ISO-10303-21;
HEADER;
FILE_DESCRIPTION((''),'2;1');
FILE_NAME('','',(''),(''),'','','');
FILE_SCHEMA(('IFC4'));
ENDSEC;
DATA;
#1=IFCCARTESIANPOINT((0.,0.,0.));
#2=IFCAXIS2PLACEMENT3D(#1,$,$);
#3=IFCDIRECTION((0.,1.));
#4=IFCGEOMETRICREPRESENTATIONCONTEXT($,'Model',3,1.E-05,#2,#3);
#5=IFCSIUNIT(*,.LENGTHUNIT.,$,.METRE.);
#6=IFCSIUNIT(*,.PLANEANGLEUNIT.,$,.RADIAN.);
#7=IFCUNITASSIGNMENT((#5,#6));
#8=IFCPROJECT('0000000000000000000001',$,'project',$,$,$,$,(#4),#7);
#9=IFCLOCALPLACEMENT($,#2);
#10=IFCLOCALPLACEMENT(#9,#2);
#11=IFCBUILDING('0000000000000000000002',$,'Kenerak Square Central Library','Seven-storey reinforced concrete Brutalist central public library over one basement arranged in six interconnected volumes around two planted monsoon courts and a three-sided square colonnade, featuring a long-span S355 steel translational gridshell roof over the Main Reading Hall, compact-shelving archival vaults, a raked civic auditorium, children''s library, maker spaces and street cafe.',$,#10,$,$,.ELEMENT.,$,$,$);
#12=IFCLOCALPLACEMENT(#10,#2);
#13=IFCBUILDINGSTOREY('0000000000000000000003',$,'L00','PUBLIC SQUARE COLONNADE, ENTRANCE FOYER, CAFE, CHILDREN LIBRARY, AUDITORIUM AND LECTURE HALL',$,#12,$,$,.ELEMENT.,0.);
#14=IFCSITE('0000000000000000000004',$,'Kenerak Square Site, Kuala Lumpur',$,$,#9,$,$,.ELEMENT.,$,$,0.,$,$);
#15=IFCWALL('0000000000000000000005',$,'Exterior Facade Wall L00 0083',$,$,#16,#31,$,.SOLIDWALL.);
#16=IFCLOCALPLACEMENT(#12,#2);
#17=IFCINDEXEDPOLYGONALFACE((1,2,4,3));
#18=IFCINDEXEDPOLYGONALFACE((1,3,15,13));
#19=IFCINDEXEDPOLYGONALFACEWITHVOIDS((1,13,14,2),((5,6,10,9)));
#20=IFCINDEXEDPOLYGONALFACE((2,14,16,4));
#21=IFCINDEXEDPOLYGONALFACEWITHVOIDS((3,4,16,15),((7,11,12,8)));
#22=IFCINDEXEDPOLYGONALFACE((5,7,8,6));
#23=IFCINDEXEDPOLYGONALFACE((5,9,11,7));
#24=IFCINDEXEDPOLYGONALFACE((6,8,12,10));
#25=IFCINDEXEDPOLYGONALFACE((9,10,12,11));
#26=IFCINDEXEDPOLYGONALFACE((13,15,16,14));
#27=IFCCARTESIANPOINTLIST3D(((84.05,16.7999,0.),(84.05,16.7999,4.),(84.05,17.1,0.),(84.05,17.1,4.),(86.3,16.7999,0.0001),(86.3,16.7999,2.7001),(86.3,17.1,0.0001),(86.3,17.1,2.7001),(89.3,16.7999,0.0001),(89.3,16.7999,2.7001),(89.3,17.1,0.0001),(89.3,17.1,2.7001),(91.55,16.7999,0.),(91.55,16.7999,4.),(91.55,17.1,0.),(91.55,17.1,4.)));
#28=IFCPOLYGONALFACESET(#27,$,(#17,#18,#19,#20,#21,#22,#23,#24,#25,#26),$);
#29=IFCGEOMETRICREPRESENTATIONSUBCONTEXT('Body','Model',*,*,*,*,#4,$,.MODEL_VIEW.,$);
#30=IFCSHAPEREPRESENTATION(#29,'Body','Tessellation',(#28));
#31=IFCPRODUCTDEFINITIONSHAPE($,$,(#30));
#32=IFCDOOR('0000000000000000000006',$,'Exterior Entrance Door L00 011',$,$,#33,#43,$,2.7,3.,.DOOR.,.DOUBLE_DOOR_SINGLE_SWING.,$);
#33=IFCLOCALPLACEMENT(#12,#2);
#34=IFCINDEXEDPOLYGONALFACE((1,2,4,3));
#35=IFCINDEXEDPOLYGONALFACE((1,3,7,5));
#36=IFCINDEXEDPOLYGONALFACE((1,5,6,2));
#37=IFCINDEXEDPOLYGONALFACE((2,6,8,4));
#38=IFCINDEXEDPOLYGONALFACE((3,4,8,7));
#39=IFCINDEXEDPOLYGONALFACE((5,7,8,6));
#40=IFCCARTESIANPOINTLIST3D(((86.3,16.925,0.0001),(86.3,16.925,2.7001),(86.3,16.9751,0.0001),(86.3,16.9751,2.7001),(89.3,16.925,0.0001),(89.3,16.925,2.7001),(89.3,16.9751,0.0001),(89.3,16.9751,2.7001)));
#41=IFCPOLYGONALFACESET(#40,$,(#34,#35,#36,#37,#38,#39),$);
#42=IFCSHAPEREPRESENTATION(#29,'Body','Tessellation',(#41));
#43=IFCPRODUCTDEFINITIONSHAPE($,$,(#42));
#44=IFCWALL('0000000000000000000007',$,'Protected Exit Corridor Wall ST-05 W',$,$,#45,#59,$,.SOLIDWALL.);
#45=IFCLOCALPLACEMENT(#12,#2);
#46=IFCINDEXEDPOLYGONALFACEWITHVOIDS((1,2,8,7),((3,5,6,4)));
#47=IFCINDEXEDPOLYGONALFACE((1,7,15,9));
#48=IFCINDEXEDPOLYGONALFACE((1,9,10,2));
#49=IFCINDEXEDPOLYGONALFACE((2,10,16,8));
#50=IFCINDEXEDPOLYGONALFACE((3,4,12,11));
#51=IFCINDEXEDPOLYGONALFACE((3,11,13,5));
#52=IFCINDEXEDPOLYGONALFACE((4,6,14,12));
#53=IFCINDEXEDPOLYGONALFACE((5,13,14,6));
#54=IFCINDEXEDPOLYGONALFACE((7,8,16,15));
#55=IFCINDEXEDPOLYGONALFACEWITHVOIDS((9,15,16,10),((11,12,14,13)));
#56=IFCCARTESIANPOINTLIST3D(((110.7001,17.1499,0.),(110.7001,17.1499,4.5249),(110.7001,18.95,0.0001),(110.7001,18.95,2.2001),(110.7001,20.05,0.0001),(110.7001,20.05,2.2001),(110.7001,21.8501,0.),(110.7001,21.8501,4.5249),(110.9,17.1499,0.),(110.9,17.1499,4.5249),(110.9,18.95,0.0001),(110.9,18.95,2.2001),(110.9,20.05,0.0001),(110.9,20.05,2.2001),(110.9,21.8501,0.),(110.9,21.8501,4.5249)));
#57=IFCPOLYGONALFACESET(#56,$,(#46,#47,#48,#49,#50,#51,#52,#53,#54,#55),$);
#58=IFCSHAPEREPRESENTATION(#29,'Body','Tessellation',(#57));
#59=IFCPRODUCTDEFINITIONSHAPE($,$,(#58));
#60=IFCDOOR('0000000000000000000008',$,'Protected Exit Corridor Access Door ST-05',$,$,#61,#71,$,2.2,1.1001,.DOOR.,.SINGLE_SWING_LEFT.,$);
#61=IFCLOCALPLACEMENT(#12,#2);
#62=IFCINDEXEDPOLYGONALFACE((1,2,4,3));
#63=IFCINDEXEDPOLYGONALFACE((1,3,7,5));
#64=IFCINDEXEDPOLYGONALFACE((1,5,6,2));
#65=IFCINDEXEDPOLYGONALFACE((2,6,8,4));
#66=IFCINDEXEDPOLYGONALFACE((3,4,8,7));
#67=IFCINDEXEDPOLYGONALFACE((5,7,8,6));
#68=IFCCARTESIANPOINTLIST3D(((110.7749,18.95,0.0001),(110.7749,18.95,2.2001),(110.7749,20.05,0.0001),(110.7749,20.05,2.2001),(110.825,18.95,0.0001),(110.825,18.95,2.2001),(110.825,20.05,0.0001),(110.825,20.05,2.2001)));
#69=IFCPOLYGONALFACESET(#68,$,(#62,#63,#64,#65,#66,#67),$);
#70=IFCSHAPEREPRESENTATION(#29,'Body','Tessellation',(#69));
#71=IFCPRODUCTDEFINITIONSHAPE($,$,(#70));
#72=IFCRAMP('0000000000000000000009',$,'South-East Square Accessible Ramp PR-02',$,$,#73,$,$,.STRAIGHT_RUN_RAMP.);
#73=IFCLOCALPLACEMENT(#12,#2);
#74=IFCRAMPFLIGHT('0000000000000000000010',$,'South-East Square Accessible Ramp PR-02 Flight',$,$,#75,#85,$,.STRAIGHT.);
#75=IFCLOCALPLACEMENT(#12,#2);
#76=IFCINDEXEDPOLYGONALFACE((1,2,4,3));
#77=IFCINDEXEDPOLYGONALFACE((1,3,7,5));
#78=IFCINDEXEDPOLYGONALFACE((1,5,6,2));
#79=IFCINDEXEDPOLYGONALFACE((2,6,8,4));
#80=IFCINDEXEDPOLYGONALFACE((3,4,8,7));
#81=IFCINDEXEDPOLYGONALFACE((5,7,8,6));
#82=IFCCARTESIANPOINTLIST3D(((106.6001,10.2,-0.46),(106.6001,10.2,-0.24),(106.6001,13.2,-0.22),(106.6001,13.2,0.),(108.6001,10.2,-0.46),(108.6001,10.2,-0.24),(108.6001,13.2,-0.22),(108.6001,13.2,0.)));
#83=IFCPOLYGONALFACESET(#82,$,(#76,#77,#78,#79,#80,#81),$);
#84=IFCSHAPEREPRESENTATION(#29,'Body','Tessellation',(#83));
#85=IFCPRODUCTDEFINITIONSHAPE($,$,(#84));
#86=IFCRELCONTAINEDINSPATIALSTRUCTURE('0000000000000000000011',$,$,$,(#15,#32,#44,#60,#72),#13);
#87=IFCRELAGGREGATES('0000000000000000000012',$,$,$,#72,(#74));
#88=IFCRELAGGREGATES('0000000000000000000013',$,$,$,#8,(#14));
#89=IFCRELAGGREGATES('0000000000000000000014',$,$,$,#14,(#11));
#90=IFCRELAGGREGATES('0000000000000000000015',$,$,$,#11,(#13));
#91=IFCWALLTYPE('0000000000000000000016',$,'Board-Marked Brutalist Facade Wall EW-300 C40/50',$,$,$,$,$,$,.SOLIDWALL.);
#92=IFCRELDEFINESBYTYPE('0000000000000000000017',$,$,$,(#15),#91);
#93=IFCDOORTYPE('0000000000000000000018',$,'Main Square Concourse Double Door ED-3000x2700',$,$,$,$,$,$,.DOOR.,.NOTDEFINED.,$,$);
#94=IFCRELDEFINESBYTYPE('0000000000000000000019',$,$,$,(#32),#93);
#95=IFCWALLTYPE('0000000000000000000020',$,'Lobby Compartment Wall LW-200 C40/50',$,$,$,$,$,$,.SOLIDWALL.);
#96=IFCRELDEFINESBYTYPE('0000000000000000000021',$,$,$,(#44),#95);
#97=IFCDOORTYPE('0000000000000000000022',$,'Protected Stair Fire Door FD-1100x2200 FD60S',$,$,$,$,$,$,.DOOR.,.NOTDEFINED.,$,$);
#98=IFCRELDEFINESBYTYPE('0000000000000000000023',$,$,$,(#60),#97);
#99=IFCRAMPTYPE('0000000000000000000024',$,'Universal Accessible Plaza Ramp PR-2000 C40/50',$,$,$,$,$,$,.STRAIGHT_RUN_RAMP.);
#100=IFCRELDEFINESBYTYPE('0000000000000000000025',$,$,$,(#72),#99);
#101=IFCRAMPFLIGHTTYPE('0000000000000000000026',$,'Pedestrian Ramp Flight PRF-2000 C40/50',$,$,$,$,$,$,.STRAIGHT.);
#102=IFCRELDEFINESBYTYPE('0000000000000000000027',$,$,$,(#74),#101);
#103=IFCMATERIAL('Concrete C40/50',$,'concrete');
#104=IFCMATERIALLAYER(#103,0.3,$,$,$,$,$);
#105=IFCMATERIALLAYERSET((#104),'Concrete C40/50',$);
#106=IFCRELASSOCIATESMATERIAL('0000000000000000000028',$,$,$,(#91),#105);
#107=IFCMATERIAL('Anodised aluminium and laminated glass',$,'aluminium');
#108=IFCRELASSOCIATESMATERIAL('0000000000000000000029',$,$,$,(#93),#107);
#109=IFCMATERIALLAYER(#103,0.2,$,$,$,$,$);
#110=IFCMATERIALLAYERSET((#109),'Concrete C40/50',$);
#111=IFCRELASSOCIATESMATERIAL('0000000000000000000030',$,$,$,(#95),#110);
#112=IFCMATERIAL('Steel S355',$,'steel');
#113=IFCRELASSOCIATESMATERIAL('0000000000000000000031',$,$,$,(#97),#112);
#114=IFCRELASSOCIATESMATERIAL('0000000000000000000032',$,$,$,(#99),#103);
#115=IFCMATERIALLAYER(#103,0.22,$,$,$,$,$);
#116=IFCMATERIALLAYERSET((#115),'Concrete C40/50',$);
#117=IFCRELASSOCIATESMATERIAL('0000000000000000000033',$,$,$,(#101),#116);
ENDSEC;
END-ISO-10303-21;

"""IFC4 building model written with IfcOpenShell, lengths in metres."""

from ifc_helpers import new_model, si_unit, direction, frame, frame_2d, origin, place, context, subcontext, project, spatial, polyline, rectangle, outline, extrude, material, layer, layer_set, type_object, element, fill, aggregate, save


model = new_model("IFC4")

# Units and contexts
model_context = context("Model", 3, precision=1e-05, world=origin(), true_north=direction((0.0, 1.0)))
body_context = subcontext(model_context, "Body", "Model", "MODEL_VIEW")
ifc_project = project(units=[si_unit("LENGTHUNIT", "METRE"), si_unit("PLANEANGLEUNIT", "RADIAN")], contexts=[model_context])

# Site, building, storey
site_placement = place(None, origin())
site = spatial("IfcSite", under=ifc_project, at=site_placement, Name="Kenerak Square Site, Kuala Lumpur", CompositionType="ELEMENT", RefElevation=0.0)
building_placement = place(site_placement, origin())
building = spatial("IfcBuilding", under=site, at=building_placement, Name="Kenerak Square Central Library", Description="Seven-storey reinforced concrete Brutalist central public library over one basement arranged in six interconnected volumes around two planted monsoon courts and a three-sided square colonnade, featuring a long-span S355 steel translational gridshell roof over the Main Reading Hall, compact-shelving archival vaults, a raked civic auditorium, children's library, maker spaces and street cafe.", CompositionType="ELEMENT")
storey_placement = place(building_placement, origin())
storey = spatial("IfcBuildingStorey", under=building, at=storey_placement, Name="L00", Description="PUBLIC SQUARE COLONNADE, ENTRANCE FOYER, CAFE, CHILDREN LIBRARY, AUDITORIUM AND LECTURE HALL", CompositionType="ELEMENT", Elevation=0.0)

# Shared definitions
ifc_material_1 = material(Name="Concrete C40/50", Category="concrete")

# Shared definitions
ifc_material_2 = material(Name="Steel S355", Category="steel")

# Shared definitions
ifc_layer_1 = layer(ifc_material_1, 0.3)
ifc_layer_set_1 = layer_set([ifc_layer_1], Name="Concrete C40/50")
wall_type_1 = type_object("IfcWallType", Name="Board-Marked Brutalist Facade Wall EW-300 C40/50", PredefinedType="SOLIDWALL", material=ifc_layer_set_1)

# Walls, openings, doors
ifc_material_3 = material(Name="Anodised aluminium and laminated glass", Category="aluminium")
door_type_1 = type_object("IfcDoorType", Name="Main Square Concourse Double Door ED-3000x2700", OperationType="NOTDEFINED", PredefinedType="DOOR", material=ifc_material_3)
wall_1_placement = place(storey_placement, frame((91.55, 16.95, 0.0), z_axis=(0.0, 0.0, 1.0), x_axis=(-1.0, 0.0, 0.0)))
wall_1 = element("IfcWall", 1, at=wall_1_placement, inside=storey, type_object=wall_type_1, Name="Exterior Facade Wall L00 0083", PredefinedType="SOLIDWALL", context=body_context, shape_type="SweptSolid", body=[
    extrude(rectangle(XDim=7.5, YDim=0.3, at=frame_2d((3.75, 0.0))), origin(), (0.0, 0.0, 1.0), 4.0),
])
opening_1_placement = place(wall_1_placement, frame((2.25, 0.0, 0.0)))
opening_1 = element("IfcOpeningElement", 2, at=opening_1_placement, cuts=wall_1, PredefinedType="OPENING", context=body_context, shape_type="SweptSolid", body=[
    extrude(rectangle(XDim=3.0, YDim=2.7, at=frame_2d((1.5, 1.3501))), frame((0.0, 0.1599, 0.0), z_axis=(0.0, -1.0, 0.0), x_axis=(1.0, 0.0, 0.0)), (0.0, 0.0, 1.0), 0.3201),
])
door_1_placement = place(opening_1_placement, origin())
door_1 = element("IfcDoor", 3, at=door_1_placement, inside=storey, type_object=door_type_1, Name="Exterior Entrance Door L00 011", OperationType="DOUBLE_DOOR_SINGLE_SWING", OverallHeight=2.7, OverallWidth=3.0, PredefinedType="DOOR", context=body_context, shape_type="SweptSolid", body=[
    extrude(rectangle(XDim=3.0, YDim=2.7, at=frame_2d((1.5, 1.3501))), frame((0.0, 0.0249, 0.0), z_axis=(0.0, -1.0, 0.0), x_axis=(1.0, 0.0, 0.0)), (0.0, 0.0, 1.0), 0.05),
])
fill(opening_1, door_1)
ifc_layer_2 = layer(ifc_material_1, 0.2)
ifc_layer_set_2 = layer_set([ifc_layer_2], Name="Concrete C40/50")
wall_type_2 = type_object("IfcWallType", Name="Lobby Compartment Wall LW-200 C40/50", PredefinedType="SOLIDWALL", material=ifc_layer_set_2)
wall_2_placement = place(storey_placement, frame((110.8, 17.1499, 0.0), z_axis=(0.0, 0.0, 1.0), x_axis=(0.0, 1.0, 0.0)))
wall_2 = element("IfcWall", 4, at=wall_2_placement, inside=storey, type_object=wall_type_2, Name="Protected Exit Corridor Wall ST-05 W", PredefinedType="SOLIDWALL", context=body_context, shape_type="SweptSolid", body=[
    extrude(rectangle(XDim=4.7002, YDim=0.2, at=frame_2d((2.3501, 0.0))), origin(), (0.0, 0.0, 1.0), 4.5249),
])
opening_2_placement = place(wall_2_placement, frame((1.8, 0.0, 0.0)))
opening_2 = element("IfcOpeningElement", 5, at=opening_2_placement, cuts=wall_2, PredefinedType="OPENING", context=body_context, shape_type="SweptSolid", body=[
    extrude(rectangle(XDim=1.1001, YDim=2.2, at=frame_2d((0.55, 1.1001))), frame((0.0, 0.1099, 0.0), z_axis=(0.0, -1.0, 0.0), x_axis=(1.0, 0.0, 0.0)), (0.0, 0.0, 1.0), 0.22),
])
door_type_2 = type_object("IfcDoorType", Name="Protected Stair Fire Door FD-1100x2200 FD60S", OperationType="NOTDEFINED", PredefinedType="DOOR", material=ifc_material_2)
door_2_placement = place(opening_2_placement, frame((1.1001, 0.0, 0.0), z_axis=(0.0, 0.0, 1.0), x_axis=(-1.0, 0.0, 0.0)))
door_2 = element("IfcDoor", 6, at=door_2_placement, inside=storey, type_object=door_type_2, Name="Protected Exit Corridor Access Door ST-05", OperationType="SINGLE_SWING_LEFT", OverallHeight=2.2, OverallWidth=1.1001, PredefinedType="DOOR", context=body_context, shape_type="SweptSolid", body=[
    extrude(rectangle(XDim=1.1001, YDim=2.2, at=frame_2d((0.55, 1.1001))), frame((0.0, 0.0249, 0.0), z_axis=(0.0, -1.0, 0.0), x_axis=(1.0, 0.0, 0.0)), (0.0, 0.0, 1.0), 0.05),
])
fill(opening_2, door_2)

# Ramp, ramp flight
ramp_type = type_object("IfcRampType", Name="Universal Accessible Plaza Ramp PR-2000 C40/50", PredefinedType="STRAIGHT_RUN_RAMP", material=ifc_material_1)
ramp_placement = place(storey_placement, origin())
ramp = element("IfcRamp", 7, at=ramp_placement, inside=storey, type_object=ramp_type, Name="South-East Square Accessible Ramp PR-02", PredefinedType="STRAIGHT_RUN_RAMP")
ifc_layer_3 = layer(ifc_material_1, 0.22)
ifc_layer_set_3 = layer_set([ifc_layer_3], Name="Concrete C40/50")
ramp_flight_type = type_object("IfcRampFlightType", Name="Pedestrian Ramp Flight PRF-2000 C40/50", PredefinedType="STRAIGHT", material=ifc_layer_set_3)
ramp_flight_placement = place(storey_placement, frame((107.6001, 10.2, -0.24), z_axis=(0.0, 0.0, 1.0), x_axis=(0.0, 1.0, 0.0)))
ramp_flight = element("IfcRampFlight", 8, at=ramp_flight_placement, type_object=ramp_flight_type, Name="South-East Square Accessible Ramp PR-02 Flight", PredefinedType="STRAIGHT", context=body_context, shape_type="SweptSolid", body=[
    extrude(outline(polyline([(0.0, 0.0), (3.0, 0.24), (3.0, 0.02), (0.0, -0.22), (0.0, 0.0)])), frame((0.0, 1.0, 0.0), z_axis=(0.0, -1.0, 0.0), x_axis=(1.0, 0.0, 0.0)), (0.0, 0.0, 1.0), 2.0),
])
aggregate(ramp, [ramp_flight])

save(model, "model.ifc")
